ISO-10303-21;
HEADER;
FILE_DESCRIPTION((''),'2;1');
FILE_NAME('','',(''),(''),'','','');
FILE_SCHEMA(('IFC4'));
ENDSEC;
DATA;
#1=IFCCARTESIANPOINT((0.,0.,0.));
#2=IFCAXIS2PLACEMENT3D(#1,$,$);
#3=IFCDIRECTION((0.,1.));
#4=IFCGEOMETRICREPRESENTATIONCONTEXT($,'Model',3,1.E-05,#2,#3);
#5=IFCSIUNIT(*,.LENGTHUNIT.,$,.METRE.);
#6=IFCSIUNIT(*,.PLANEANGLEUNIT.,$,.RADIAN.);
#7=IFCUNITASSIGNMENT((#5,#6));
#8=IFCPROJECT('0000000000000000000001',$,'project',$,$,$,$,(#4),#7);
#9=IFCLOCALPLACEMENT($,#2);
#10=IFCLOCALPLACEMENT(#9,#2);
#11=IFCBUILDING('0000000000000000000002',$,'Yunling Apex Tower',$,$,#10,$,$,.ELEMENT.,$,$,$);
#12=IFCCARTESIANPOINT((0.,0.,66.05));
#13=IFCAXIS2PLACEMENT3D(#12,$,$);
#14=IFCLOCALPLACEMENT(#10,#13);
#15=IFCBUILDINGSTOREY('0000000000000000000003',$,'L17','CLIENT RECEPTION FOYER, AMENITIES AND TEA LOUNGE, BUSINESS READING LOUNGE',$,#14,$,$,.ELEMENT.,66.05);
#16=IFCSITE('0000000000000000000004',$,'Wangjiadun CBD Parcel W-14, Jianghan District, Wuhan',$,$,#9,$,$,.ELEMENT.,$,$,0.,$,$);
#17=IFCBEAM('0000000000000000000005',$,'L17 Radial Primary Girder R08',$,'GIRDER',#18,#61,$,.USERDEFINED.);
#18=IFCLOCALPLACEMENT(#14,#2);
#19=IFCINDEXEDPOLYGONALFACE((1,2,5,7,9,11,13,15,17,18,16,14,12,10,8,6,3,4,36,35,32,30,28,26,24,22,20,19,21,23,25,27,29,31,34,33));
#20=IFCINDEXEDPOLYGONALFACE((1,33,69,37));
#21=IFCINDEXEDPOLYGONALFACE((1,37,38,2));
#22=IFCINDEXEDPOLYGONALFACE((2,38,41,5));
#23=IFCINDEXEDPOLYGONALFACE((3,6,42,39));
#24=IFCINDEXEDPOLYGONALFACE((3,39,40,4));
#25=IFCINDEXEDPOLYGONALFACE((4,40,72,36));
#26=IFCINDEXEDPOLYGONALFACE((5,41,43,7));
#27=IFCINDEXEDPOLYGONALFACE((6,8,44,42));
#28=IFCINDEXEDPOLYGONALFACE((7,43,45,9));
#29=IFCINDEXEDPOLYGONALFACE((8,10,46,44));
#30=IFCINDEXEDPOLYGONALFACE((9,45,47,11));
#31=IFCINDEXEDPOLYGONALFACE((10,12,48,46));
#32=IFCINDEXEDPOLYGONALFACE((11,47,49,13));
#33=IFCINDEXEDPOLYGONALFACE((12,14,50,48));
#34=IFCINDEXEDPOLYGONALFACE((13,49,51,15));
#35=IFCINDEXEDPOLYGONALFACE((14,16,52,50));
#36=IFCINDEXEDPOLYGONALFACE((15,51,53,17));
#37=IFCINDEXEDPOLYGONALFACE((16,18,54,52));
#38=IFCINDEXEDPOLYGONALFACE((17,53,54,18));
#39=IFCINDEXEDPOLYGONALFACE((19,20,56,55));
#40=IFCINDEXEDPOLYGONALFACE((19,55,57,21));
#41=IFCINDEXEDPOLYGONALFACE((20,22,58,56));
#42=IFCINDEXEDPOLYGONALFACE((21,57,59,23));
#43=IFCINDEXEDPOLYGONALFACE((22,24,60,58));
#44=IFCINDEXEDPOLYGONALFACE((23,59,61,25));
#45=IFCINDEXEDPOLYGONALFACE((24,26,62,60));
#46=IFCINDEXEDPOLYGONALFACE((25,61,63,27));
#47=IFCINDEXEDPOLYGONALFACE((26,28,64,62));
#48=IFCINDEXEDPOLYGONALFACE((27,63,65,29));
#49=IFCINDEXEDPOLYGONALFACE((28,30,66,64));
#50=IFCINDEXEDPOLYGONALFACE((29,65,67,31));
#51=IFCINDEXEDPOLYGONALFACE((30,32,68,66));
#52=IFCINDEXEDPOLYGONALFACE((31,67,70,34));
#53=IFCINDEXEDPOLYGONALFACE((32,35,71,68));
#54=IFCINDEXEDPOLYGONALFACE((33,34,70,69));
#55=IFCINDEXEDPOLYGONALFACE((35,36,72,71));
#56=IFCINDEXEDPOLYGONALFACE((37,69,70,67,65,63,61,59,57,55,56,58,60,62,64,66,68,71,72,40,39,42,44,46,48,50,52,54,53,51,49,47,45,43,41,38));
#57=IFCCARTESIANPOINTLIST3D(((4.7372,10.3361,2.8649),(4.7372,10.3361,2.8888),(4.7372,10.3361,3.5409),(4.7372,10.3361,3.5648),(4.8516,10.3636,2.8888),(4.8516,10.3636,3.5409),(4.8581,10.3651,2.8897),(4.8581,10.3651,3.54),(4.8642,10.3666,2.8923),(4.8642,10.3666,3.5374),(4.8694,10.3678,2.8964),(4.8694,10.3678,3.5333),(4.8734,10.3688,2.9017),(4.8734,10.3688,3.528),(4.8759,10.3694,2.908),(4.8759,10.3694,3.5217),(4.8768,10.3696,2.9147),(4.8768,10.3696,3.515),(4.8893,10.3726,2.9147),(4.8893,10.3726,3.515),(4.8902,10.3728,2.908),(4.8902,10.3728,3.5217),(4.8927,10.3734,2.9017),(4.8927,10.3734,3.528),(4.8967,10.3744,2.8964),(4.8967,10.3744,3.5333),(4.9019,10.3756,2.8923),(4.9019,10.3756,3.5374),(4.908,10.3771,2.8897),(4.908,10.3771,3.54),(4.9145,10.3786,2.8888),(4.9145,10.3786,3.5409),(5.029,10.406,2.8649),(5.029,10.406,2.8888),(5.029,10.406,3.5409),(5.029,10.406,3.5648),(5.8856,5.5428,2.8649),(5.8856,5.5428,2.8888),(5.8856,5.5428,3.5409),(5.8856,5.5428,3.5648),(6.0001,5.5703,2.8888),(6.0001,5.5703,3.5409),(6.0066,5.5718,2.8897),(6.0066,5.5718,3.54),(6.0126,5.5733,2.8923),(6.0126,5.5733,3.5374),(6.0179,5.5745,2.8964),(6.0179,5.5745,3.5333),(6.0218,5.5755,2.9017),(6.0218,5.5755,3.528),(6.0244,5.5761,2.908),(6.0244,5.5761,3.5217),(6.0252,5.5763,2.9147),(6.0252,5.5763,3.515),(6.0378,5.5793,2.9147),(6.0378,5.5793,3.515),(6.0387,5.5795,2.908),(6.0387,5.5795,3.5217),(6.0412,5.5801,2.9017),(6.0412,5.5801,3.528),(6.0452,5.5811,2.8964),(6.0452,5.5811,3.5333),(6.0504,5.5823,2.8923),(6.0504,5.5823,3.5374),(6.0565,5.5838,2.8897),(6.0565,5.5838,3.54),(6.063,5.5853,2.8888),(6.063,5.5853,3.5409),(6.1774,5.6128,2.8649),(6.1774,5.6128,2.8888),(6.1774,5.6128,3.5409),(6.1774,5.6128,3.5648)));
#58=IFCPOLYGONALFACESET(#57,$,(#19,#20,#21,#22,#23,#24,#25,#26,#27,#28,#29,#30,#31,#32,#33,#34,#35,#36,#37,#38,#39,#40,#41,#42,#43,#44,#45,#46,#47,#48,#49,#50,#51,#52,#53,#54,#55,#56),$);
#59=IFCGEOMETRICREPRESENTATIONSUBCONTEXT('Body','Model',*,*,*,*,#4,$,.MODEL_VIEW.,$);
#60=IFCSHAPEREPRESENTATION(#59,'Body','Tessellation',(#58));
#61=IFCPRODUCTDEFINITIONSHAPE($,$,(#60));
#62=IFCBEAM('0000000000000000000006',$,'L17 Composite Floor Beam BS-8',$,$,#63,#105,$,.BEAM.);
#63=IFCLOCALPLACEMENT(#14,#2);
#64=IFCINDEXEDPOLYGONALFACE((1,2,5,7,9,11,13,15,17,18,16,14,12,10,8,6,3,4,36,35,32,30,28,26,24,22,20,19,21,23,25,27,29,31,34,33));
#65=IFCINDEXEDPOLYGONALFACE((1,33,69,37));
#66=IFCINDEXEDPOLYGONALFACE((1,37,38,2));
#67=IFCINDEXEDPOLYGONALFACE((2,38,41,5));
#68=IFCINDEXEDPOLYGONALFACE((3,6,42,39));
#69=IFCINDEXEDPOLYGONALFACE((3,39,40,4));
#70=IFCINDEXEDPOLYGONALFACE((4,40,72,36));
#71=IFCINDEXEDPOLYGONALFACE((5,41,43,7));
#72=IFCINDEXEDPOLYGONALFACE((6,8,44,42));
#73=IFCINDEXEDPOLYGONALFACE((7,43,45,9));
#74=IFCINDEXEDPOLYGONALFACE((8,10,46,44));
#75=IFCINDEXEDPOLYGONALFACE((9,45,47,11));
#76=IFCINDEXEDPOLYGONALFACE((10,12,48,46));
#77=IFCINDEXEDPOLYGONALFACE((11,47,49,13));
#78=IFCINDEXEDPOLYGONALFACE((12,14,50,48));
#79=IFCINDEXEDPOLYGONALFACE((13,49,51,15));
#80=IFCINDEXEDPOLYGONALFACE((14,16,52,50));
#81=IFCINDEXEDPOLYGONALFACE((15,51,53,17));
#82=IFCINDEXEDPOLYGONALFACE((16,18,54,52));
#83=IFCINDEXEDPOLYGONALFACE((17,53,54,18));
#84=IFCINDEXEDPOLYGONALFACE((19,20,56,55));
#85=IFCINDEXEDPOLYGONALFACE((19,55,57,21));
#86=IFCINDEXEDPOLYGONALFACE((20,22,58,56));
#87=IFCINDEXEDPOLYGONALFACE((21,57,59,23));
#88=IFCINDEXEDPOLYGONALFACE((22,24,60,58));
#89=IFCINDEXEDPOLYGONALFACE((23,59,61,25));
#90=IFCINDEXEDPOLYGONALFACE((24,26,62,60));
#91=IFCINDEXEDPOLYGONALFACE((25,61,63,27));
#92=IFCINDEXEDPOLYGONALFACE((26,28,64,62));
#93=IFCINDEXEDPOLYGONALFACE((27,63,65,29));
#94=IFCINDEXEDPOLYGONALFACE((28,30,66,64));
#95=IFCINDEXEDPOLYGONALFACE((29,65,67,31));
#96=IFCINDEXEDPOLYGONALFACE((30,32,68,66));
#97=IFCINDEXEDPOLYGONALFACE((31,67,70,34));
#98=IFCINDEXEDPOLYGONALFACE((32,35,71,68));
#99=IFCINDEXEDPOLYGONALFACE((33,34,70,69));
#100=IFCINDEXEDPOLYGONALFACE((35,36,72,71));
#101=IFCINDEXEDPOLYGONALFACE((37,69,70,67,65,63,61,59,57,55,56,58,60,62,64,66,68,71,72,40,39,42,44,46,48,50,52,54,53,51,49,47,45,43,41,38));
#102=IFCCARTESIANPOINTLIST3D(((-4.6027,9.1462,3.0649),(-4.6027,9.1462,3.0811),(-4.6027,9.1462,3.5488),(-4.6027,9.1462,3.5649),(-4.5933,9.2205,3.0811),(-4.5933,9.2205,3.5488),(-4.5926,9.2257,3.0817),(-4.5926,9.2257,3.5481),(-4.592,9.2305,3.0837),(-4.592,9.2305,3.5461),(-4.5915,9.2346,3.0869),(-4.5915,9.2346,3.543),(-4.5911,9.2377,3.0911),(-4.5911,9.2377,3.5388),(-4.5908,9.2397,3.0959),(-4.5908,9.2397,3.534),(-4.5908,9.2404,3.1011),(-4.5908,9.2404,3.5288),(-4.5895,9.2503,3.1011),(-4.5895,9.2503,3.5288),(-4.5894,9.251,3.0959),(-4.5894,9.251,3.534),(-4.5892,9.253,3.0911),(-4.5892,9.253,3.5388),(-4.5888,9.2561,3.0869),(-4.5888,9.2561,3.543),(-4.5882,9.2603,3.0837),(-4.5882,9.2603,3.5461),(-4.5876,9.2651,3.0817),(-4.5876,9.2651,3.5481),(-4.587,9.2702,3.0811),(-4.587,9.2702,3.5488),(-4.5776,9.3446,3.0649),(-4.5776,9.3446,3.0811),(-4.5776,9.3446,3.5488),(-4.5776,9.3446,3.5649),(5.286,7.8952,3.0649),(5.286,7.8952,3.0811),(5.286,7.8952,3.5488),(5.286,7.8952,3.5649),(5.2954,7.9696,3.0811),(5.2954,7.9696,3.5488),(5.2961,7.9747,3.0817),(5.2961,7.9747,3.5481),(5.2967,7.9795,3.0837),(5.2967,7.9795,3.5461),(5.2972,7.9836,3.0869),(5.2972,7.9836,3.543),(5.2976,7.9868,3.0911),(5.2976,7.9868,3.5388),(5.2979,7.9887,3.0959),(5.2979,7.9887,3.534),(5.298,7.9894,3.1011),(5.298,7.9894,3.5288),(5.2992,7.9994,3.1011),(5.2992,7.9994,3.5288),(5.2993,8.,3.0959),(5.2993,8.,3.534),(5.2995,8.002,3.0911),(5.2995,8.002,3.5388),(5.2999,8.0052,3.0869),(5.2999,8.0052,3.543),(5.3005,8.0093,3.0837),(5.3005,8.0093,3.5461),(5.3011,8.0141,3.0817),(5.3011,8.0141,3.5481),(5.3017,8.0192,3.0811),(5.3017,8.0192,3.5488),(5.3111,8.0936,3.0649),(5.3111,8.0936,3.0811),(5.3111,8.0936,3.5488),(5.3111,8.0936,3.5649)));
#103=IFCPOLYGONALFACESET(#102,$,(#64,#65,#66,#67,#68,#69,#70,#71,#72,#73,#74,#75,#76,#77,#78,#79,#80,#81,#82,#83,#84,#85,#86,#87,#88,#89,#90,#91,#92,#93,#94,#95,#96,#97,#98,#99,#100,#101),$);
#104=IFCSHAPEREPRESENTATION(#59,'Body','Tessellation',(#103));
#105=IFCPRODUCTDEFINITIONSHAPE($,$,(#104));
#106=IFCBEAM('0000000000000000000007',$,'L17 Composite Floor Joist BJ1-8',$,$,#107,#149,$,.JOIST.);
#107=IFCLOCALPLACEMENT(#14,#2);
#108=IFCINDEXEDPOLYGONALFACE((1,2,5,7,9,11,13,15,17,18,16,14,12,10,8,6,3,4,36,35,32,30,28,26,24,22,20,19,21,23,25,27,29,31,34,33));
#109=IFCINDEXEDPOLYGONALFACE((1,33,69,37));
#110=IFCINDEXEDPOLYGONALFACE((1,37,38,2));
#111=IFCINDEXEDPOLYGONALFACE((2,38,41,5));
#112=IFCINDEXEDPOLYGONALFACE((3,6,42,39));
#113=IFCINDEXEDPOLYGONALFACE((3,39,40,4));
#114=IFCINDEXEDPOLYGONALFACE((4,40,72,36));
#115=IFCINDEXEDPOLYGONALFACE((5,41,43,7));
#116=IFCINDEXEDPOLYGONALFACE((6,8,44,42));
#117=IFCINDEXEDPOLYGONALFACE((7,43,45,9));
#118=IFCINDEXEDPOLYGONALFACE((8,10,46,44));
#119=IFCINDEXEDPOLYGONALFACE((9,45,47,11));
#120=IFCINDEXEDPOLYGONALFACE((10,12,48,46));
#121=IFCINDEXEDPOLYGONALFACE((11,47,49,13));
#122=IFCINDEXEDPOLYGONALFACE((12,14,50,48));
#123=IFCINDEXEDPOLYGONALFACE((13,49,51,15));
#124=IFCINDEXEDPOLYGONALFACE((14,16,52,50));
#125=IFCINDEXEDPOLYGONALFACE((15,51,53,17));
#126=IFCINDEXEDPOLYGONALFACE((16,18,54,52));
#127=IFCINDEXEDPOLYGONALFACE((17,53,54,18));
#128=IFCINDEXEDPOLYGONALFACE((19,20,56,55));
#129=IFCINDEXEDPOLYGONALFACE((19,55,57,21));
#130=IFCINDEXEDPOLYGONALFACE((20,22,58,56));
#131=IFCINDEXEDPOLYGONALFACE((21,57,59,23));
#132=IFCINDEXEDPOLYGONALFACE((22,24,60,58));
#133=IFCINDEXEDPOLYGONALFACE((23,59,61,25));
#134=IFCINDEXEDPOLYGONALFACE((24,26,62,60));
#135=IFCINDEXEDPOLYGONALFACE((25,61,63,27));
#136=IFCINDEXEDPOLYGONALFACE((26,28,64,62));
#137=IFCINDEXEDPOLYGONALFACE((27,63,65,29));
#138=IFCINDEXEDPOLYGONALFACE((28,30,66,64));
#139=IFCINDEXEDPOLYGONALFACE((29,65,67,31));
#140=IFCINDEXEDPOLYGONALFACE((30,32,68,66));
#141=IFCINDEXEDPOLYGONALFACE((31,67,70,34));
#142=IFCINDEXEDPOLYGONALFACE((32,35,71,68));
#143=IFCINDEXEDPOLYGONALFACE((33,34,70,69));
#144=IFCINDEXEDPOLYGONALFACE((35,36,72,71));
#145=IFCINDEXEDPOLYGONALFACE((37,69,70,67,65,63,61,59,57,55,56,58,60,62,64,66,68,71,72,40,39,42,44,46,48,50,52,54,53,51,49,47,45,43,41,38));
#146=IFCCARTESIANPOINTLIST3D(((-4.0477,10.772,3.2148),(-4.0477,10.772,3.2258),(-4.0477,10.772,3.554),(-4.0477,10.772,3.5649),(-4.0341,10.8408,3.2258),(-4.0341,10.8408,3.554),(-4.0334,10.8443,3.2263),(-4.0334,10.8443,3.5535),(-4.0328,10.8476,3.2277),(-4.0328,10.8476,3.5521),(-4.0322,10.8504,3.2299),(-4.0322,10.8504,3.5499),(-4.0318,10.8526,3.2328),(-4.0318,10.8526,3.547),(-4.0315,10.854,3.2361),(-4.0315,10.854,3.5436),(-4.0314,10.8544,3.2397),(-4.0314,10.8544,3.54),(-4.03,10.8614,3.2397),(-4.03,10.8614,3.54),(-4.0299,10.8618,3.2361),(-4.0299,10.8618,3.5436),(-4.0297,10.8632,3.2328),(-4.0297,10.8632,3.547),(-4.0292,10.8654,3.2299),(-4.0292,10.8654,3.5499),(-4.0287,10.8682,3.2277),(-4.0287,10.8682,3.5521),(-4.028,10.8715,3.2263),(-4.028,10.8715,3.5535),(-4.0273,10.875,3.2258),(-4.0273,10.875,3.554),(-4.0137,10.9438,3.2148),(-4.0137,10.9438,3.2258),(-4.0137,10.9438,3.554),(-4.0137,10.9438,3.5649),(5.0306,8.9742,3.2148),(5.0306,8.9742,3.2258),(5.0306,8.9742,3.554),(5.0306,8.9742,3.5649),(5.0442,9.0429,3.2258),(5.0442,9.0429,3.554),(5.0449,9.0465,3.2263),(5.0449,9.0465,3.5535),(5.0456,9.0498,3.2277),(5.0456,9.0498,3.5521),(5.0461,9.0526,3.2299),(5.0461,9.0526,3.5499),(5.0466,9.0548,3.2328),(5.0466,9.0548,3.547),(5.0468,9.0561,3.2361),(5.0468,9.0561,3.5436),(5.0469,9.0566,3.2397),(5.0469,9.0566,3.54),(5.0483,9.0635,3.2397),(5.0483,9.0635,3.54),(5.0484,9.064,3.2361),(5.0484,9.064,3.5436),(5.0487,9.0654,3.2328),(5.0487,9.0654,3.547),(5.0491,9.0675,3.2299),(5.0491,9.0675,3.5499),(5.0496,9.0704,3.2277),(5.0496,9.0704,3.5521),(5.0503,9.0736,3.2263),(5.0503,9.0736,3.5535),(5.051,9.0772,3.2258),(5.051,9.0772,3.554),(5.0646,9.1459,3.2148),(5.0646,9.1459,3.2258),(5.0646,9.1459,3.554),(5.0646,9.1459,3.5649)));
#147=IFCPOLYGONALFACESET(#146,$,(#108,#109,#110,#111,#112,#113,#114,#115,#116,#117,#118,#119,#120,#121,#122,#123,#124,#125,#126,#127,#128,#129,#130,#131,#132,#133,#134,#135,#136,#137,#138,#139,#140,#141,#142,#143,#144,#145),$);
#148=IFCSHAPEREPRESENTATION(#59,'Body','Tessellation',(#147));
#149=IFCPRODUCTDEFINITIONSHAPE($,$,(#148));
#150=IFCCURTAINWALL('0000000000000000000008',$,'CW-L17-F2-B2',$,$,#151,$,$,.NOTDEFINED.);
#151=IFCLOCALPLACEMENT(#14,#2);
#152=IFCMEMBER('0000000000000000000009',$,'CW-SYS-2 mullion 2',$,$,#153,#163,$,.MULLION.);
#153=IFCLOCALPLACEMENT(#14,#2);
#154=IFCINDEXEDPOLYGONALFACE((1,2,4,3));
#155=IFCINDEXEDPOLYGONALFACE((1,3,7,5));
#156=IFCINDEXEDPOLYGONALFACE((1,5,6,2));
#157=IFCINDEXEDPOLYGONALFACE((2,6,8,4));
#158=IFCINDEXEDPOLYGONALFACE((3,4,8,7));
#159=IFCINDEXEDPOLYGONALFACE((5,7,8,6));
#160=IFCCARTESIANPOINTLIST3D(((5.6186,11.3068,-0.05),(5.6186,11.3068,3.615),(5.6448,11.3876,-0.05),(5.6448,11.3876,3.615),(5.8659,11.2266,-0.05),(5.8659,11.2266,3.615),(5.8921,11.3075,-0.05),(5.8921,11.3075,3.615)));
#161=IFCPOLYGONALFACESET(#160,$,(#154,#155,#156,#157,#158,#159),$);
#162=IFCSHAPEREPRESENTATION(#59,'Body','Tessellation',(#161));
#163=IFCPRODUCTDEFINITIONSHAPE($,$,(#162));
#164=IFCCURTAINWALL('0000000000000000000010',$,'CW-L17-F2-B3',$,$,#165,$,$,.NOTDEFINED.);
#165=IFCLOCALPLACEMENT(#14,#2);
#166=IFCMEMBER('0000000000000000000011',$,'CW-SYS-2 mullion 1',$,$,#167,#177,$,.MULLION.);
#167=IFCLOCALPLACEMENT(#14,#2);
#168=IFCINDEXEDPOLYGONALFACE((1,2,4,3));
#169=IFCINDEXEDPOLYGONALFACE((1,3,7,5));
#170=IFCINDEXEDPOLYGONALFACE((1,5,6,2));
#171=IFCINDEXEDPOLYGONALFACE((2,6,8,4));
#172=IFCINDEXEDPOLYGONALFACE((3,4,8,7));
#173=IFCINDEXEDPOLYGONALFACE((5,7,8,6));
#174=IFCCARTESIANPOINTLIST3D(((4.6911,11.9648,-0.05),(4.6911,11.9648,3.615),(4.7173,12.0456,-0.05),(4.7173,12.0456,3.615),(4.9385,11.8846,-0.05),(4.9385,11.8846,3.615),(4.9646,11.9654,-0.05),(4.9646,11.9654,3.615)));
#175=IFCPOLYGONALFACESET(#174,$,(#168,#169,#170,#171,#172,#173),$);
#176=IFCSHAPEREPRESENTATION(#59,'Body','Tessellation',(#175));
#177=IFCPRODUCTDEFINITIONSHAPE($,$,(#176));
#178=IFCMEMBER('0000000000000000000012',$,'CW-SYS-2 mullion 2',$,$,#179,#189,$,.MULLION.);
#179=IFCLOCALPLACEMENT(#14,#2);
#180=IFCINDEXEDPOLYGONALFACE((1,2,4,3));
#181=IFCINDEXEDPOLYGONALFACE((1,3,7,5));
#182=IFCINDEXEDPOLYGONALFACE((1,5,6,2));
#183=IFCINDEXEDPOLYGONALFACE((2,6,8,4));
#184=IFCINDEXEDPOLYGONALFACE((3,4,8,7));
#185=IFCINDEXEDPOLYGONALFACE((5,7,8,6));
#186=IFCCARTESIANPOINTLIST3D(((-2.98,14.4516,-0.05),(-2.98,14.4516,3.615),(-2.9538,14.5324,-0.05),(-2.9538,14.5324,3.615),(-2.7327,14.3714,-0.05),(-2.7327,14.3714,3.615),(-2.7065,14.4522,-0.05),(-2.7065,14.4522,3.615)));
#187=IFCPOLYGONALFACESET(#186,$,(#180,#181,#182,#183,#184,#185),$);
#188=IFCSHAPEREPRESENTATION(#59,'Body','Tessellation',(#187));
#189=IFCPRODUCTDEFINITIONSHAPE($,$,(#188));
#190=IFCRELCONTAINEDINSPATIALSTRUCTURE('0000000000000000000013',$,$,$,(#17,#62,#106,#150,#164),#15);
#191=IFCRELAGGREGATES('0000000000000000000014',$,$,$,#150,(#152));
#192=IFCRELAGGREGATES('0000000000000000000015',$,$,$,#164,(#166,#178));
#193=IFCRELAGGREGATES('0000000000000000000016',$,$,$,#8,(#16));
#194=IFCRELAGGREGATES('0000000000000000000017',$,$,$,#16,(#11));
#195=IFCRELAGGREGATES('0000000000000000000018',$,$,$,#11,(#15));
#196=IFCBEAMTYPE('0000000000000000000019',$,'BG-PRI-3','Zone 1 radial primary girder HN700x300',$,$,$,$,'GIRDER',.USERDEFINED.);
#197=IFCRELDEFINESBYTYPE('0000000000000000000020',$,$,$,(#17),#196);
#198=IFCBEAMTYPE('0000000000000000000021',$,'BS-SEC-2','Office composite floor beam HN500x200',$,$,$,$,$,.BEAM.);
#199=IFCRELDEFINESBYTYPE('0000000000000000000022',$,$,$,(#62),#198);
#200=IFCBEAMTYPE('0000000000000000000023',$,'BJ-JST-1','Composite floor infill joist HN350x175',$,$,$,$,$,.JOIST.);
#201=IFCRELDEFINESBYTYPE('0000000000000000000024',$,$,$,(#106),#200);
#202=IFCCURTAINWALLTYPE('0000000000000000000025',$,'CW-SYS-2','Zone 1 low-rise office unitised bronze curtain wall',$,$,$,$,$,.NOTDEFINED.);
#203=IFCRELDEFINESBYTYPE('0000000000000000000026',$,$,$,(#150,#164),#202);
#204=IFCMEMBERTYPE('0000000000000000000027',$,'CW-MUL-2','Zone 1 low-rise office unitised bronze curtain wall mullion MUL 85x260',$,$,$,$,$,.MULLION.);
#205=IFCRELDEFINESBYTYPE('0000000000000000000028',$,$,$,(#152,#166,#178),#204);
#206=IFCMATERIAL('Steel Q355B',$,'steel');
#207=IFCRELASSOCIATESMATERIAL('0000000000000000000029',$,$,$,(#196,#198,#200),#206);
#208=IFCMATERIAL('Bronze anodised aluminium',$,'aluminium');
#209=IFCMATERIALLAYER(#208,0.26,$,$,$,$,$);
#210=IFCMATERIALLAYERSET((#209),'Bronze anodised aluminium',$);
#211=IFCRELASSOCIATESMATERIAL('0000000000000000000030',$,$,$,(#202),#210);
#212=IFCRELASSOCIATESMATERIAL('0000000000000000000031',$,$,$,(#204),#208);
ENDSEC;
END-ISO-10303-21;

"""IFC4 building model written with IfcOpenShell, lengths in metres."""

from ifc_helpers import new_model, si_unit, direction, frame, origin, origin_2d, place, context, subcontext, project, spatial, rectangle, i_section, extrude, source, transform, mapped, material, layer, layer_set, material_profile, profile_set, type_object, element, aggregate, save


model = new_model("IFC4")

# Units and contexts
model_context = context("Model", 3, precision=1e-05, world=origin(), true_north=direction((0.0, 1.0)))
body_context = subcontext(model_context, "Body", "Model", "MODEL_VIEW")
ifc_project = project(units=[si_unit("LENGTHUNIT", "METRE"), si_unit("PLANEANGLEUNIT", "RADIAN")], contexts=[model_context])

# Site, building, storey
site_placement = place(None, origin())
site = spatial("IfcSite", under=ifc_project, at=site_placement, Name="Wangjiadun CBD Parcel W-14, Jianghan District, Wuhan", CompositionType="ELEMENT", RefElevation=0.0)
building_placement = place(site_placement, origin())
building = spatial("IfcBuilding", under=site, at=building_placement, Name="Yunling Apex Tower", CompositionType="ELEMENT")
storey_placement = place(building_placement, frame((0.0, 0.0, 66.05)))
storey = spatial("IfcBuildingStorey", under=building, at=storey_placement, Name="L17", Description="CLIENT RECEPTION FOYER, AMENITIES AND TEA LOUNGE, BUSINESS READING LOUNGE", CompositionType="ELEMENT", Elevation=66.05)

# Beams
ifc_material_1 = material(Name="Steel Q355B", Category="steel")
ifc_material_profile_1 = material_profile(ifc_material_1, i_section(OverallWidth=0.3, OverallDepth=0.7, WebThickness=0.0129, FlangeThickness=0.0239, FilletRadius=0.0259, at=origin_2d()))
ifc_profile_set_1 = profile_set([ifc_material_profile_1], Name="Steel Q355B")
beam_type_1 = type_object("IfcBeamType", Name="BG-PRI-3", Description="Zone 1 radial primary girder HN700x300", ElementType="GIRDER", PredefinedType="USERDEFINED", material=ifc_profile_set_1)
shared_shape_1 = source(origin(), body_context, "Body", "SweptSolid", [
    extrude(i_section(OverallWidth=0.3, OverallDepth=0.7, WebThickness=0.0129, FlangeThickness=0.0239, FilletRadius=0.0259, at=origin_2d()), origin(), (0.0, 0.0, 1.0), 4.929),
])
beam_1_placement = place(storey_placement, frame((4.8831, 10.3711, 3.2148), z_axis=(0.233002, -0.972476, 0.0), x_axis=(0.972476, 0.233002, 0.0)))
element("IfcBeam", 1, at=beam_1_placement, inside=storey, type_object=beam_type_1, Name="L17 Radial Primary Girder R08", ObjectType="GIRDER", PredefinedType="USERDEFINED", context=body_context, shape_type="MappedRepresentation", body=[
    mapped(shared_shape_1, transform((0.0, 0.0, 0.0), scale=1.0)),
])
ifc_material_profile_2 = material_profile(ifc_material_1, i_section(OverallWidth=0.2, OverallDepth=0.5, WebThickness=0.01, FlangeThickness=0.0161, FilletRadius=0.02, at=origin_2d()))
ifc_profile_set_2 = profile_set([ifc_material_profile_2], Name="Steel Q355B")
beam_type_2 = type_object("IfcBeamType", Name="BS-SEC-2", Description="Office composite floor beam HN500x200", PredefinedType="BEAM", material=ifc_profile_set_2)
shared_shape_2 = source(origin(), body_context, "Body", "SweptSolid", [
    extrude(i_section(OverallWidth=0.2, OverallDepth=0.5, WebThickness=0.01, FlangeThickness=0.0161, FilletRadius=0.02, at=origin_2d()), origin(), (0.0, 0.0, 1.0), 9.9675),
])
beam_2_placement = place(storey_placement, frame((5.2986, 7.9944, 3.3149), z_axis=(-0.992093, 0.125506, 0.0), x_axis=(-0.125506, -0.992093, 0.0)))
element("IfcBeam", 2, at=beam_2_placement, inside=storey, type_object=beam_type_2, Name="L17 Composite Floor Beam BS-8", PredefinedType="BEAM", context=body_context, shape_type="MappedRepresentation", body=[
    mapped(shared_shape_2, transform((0.0, 0.0, 0.0), scale=1.0)),
])
ifc_material_profile_3 = material_profile(ifc_material_1, i_section(OverallWidth=0.175, OverallDepth=0.3501, WebThickness=0.0071, FlangeThickness=0.011, FilletRadius=0.0139, at=origin_2d()))
ifc_profile_set_3 = profile_set([ifc_material_profile_3], Name="Steel Q355B")
beam_type_3 = type_object("IfcBeamType", Name="BJ-JST-1", Description="Composite floor infill joist HN350x175", PredefinedType="JOIST", material=ifc_profile_set_3)
shared_shape_3 = source(origin(), body_context, "Body", "SweptSolid", [
    extrude(i_section(OverallWidth=0.175, OverallDepth=0.3501, WebThickness=0.0071, FlangeThickness=0.011, FilletRadius=0.0139, at=origin_2d()), origin(), (0.0, 0.0, 1.0), 9.2546),
])
beam_3_placement = place(storey_placement, frame((5.0476, 9.0601, 3.3899), z_axis=(-0.980949, 0.194264, 0.0), x_axis=(-0.194264, -0.980949, 0.0)))
element("IfcBeam", 3, at=beam_3_placement, inside=storey, type_object=beam_type_3, Name="L17 Composite Floor Joist BJ1-8", PredefinedType="JOIST", context=body_context, shape_type="MappedRepresentation", body=[
    mapped(shared_shape_3, transform((0.0, 0.0, 0.0), scale=1.0)),
])

# Curtain wall, member
ifc_material_2 = material(Name="Bronze anodised aluminium", Category="aluminium")
ifc_layer_1 = layer(ifc_material_2, 0.26)
ifc_layer_set_1 = layer_set([ifc_layer_1], Name="Bronze anodised aluminium")
curtain_wall_type = type_object("IfcCurtainWallType", Name="CW-SYS-2", Description="Zone 1 low-rise office unitised bronze curtain wall", PredefinedType="NOTDEFINED", material=ifc_layer_set_1)
curtain_wall_1_placement = place(storey_placement, origin())
curtain_wall_1 = element("IfcCurtainWall", 4, at=curtain_wall_1_placement, inside=storey, type_object=curtain_wall_type, Name="CW-L17-F2-B2", PredefinedType="NOTDEFINED")
ifc_material_profile_4 = material_profile(ifc_material_2, rectangle(XDim=0.085, YDim=0.26, at=origin_2d()))
ifc_profile_set_4 = profile_set([ifc_material_profile_4], Name="Bronze anodised aluminium")
member_type_1 = type_object("IfcMemberType", Name="CW-MUL-2", Description="Zone 1 low-rise office unitised bronze curtain wall mullion MUL 85x260", PredefinedType="MULLION", material=ifc_profile_set_4)
shared_shape_4 = source(origin(), body_context, "Body", "SweptSolid", [
    extrude(rectangle(XDim=0.085, YDim=0.26, at=origin_2d()), origin(), (0.0, 0.0, 1.0), 3.665),
])
member_1_placement = place(storey_placement, frame((5.7554, 11.3071, -0.05), z_axis=(0.0, 0.0, 1.0), x_axis=(-0.308352, -0.951272, 0.0)))
member_1 = element("IfcMember", 5, at=member_1_placement, type_object=member_type_1, Name="CW-SYS-2 mullion 2", PredefinedType="MULLION", context=body_context, shape_type="MappedRepresentation", body=[
    mapped(shared_shape_4, transform((0.0, 0.0, 0.0), scale=1.0)),
])
aggregate(curtain_wall_1, [member_1])

# Curtain wall, members
curtain_wall_2_placement = place(storey_placement, origin())
curtain_wall_2 = element("IfcCurtainWall", 6, at=curtain_wall_2_placement, inside=storey, type_object=curtain_wall_type, Name="CW-L17-F2-B3", PredefinedType="NOTDEFINED")
member_2_placement = place(storey_placement, frame((4.8279, 11.9651, -0.05), z_axis=(0.0, 0.0, 1.0), x_axis=(-0.308368, -0.951267, 0.0)))
member_2 = element("IfcMember", 7, at=member_2_placement, type_object=member_type_1, Name="CW-SYS-2 mullion 1", PredefinedType="MULLION", context=body_context, shape_type="MappedRepresentation", body=[
    mapped(shared_shape_4, transform((0.0, 0.0, 0.0), scale=1.0)),
])
member_3_placement = place(storey_placement, frame((-2.8433, 14.4519, -0.05), z_axis=(0.0, 0.0, 1.0), x_axis=(-0.308368, -0.951267, 0.0)))
member_3 = element("IfcMember", 8, at=member_3_placement, type_object=member_type_1, Name="CW-SYS-2 mullion 2", PredefinedType="MULLION", context=body_context, shape_type="MappedRepresentation", body=[
    mapped(shared_shape_4, transform((0.0, 0.0, 0.0), scale=1.0)),
])

aggregate(curtain_wall_2, [member_2, member_3])

save(model, "model.ifc")
